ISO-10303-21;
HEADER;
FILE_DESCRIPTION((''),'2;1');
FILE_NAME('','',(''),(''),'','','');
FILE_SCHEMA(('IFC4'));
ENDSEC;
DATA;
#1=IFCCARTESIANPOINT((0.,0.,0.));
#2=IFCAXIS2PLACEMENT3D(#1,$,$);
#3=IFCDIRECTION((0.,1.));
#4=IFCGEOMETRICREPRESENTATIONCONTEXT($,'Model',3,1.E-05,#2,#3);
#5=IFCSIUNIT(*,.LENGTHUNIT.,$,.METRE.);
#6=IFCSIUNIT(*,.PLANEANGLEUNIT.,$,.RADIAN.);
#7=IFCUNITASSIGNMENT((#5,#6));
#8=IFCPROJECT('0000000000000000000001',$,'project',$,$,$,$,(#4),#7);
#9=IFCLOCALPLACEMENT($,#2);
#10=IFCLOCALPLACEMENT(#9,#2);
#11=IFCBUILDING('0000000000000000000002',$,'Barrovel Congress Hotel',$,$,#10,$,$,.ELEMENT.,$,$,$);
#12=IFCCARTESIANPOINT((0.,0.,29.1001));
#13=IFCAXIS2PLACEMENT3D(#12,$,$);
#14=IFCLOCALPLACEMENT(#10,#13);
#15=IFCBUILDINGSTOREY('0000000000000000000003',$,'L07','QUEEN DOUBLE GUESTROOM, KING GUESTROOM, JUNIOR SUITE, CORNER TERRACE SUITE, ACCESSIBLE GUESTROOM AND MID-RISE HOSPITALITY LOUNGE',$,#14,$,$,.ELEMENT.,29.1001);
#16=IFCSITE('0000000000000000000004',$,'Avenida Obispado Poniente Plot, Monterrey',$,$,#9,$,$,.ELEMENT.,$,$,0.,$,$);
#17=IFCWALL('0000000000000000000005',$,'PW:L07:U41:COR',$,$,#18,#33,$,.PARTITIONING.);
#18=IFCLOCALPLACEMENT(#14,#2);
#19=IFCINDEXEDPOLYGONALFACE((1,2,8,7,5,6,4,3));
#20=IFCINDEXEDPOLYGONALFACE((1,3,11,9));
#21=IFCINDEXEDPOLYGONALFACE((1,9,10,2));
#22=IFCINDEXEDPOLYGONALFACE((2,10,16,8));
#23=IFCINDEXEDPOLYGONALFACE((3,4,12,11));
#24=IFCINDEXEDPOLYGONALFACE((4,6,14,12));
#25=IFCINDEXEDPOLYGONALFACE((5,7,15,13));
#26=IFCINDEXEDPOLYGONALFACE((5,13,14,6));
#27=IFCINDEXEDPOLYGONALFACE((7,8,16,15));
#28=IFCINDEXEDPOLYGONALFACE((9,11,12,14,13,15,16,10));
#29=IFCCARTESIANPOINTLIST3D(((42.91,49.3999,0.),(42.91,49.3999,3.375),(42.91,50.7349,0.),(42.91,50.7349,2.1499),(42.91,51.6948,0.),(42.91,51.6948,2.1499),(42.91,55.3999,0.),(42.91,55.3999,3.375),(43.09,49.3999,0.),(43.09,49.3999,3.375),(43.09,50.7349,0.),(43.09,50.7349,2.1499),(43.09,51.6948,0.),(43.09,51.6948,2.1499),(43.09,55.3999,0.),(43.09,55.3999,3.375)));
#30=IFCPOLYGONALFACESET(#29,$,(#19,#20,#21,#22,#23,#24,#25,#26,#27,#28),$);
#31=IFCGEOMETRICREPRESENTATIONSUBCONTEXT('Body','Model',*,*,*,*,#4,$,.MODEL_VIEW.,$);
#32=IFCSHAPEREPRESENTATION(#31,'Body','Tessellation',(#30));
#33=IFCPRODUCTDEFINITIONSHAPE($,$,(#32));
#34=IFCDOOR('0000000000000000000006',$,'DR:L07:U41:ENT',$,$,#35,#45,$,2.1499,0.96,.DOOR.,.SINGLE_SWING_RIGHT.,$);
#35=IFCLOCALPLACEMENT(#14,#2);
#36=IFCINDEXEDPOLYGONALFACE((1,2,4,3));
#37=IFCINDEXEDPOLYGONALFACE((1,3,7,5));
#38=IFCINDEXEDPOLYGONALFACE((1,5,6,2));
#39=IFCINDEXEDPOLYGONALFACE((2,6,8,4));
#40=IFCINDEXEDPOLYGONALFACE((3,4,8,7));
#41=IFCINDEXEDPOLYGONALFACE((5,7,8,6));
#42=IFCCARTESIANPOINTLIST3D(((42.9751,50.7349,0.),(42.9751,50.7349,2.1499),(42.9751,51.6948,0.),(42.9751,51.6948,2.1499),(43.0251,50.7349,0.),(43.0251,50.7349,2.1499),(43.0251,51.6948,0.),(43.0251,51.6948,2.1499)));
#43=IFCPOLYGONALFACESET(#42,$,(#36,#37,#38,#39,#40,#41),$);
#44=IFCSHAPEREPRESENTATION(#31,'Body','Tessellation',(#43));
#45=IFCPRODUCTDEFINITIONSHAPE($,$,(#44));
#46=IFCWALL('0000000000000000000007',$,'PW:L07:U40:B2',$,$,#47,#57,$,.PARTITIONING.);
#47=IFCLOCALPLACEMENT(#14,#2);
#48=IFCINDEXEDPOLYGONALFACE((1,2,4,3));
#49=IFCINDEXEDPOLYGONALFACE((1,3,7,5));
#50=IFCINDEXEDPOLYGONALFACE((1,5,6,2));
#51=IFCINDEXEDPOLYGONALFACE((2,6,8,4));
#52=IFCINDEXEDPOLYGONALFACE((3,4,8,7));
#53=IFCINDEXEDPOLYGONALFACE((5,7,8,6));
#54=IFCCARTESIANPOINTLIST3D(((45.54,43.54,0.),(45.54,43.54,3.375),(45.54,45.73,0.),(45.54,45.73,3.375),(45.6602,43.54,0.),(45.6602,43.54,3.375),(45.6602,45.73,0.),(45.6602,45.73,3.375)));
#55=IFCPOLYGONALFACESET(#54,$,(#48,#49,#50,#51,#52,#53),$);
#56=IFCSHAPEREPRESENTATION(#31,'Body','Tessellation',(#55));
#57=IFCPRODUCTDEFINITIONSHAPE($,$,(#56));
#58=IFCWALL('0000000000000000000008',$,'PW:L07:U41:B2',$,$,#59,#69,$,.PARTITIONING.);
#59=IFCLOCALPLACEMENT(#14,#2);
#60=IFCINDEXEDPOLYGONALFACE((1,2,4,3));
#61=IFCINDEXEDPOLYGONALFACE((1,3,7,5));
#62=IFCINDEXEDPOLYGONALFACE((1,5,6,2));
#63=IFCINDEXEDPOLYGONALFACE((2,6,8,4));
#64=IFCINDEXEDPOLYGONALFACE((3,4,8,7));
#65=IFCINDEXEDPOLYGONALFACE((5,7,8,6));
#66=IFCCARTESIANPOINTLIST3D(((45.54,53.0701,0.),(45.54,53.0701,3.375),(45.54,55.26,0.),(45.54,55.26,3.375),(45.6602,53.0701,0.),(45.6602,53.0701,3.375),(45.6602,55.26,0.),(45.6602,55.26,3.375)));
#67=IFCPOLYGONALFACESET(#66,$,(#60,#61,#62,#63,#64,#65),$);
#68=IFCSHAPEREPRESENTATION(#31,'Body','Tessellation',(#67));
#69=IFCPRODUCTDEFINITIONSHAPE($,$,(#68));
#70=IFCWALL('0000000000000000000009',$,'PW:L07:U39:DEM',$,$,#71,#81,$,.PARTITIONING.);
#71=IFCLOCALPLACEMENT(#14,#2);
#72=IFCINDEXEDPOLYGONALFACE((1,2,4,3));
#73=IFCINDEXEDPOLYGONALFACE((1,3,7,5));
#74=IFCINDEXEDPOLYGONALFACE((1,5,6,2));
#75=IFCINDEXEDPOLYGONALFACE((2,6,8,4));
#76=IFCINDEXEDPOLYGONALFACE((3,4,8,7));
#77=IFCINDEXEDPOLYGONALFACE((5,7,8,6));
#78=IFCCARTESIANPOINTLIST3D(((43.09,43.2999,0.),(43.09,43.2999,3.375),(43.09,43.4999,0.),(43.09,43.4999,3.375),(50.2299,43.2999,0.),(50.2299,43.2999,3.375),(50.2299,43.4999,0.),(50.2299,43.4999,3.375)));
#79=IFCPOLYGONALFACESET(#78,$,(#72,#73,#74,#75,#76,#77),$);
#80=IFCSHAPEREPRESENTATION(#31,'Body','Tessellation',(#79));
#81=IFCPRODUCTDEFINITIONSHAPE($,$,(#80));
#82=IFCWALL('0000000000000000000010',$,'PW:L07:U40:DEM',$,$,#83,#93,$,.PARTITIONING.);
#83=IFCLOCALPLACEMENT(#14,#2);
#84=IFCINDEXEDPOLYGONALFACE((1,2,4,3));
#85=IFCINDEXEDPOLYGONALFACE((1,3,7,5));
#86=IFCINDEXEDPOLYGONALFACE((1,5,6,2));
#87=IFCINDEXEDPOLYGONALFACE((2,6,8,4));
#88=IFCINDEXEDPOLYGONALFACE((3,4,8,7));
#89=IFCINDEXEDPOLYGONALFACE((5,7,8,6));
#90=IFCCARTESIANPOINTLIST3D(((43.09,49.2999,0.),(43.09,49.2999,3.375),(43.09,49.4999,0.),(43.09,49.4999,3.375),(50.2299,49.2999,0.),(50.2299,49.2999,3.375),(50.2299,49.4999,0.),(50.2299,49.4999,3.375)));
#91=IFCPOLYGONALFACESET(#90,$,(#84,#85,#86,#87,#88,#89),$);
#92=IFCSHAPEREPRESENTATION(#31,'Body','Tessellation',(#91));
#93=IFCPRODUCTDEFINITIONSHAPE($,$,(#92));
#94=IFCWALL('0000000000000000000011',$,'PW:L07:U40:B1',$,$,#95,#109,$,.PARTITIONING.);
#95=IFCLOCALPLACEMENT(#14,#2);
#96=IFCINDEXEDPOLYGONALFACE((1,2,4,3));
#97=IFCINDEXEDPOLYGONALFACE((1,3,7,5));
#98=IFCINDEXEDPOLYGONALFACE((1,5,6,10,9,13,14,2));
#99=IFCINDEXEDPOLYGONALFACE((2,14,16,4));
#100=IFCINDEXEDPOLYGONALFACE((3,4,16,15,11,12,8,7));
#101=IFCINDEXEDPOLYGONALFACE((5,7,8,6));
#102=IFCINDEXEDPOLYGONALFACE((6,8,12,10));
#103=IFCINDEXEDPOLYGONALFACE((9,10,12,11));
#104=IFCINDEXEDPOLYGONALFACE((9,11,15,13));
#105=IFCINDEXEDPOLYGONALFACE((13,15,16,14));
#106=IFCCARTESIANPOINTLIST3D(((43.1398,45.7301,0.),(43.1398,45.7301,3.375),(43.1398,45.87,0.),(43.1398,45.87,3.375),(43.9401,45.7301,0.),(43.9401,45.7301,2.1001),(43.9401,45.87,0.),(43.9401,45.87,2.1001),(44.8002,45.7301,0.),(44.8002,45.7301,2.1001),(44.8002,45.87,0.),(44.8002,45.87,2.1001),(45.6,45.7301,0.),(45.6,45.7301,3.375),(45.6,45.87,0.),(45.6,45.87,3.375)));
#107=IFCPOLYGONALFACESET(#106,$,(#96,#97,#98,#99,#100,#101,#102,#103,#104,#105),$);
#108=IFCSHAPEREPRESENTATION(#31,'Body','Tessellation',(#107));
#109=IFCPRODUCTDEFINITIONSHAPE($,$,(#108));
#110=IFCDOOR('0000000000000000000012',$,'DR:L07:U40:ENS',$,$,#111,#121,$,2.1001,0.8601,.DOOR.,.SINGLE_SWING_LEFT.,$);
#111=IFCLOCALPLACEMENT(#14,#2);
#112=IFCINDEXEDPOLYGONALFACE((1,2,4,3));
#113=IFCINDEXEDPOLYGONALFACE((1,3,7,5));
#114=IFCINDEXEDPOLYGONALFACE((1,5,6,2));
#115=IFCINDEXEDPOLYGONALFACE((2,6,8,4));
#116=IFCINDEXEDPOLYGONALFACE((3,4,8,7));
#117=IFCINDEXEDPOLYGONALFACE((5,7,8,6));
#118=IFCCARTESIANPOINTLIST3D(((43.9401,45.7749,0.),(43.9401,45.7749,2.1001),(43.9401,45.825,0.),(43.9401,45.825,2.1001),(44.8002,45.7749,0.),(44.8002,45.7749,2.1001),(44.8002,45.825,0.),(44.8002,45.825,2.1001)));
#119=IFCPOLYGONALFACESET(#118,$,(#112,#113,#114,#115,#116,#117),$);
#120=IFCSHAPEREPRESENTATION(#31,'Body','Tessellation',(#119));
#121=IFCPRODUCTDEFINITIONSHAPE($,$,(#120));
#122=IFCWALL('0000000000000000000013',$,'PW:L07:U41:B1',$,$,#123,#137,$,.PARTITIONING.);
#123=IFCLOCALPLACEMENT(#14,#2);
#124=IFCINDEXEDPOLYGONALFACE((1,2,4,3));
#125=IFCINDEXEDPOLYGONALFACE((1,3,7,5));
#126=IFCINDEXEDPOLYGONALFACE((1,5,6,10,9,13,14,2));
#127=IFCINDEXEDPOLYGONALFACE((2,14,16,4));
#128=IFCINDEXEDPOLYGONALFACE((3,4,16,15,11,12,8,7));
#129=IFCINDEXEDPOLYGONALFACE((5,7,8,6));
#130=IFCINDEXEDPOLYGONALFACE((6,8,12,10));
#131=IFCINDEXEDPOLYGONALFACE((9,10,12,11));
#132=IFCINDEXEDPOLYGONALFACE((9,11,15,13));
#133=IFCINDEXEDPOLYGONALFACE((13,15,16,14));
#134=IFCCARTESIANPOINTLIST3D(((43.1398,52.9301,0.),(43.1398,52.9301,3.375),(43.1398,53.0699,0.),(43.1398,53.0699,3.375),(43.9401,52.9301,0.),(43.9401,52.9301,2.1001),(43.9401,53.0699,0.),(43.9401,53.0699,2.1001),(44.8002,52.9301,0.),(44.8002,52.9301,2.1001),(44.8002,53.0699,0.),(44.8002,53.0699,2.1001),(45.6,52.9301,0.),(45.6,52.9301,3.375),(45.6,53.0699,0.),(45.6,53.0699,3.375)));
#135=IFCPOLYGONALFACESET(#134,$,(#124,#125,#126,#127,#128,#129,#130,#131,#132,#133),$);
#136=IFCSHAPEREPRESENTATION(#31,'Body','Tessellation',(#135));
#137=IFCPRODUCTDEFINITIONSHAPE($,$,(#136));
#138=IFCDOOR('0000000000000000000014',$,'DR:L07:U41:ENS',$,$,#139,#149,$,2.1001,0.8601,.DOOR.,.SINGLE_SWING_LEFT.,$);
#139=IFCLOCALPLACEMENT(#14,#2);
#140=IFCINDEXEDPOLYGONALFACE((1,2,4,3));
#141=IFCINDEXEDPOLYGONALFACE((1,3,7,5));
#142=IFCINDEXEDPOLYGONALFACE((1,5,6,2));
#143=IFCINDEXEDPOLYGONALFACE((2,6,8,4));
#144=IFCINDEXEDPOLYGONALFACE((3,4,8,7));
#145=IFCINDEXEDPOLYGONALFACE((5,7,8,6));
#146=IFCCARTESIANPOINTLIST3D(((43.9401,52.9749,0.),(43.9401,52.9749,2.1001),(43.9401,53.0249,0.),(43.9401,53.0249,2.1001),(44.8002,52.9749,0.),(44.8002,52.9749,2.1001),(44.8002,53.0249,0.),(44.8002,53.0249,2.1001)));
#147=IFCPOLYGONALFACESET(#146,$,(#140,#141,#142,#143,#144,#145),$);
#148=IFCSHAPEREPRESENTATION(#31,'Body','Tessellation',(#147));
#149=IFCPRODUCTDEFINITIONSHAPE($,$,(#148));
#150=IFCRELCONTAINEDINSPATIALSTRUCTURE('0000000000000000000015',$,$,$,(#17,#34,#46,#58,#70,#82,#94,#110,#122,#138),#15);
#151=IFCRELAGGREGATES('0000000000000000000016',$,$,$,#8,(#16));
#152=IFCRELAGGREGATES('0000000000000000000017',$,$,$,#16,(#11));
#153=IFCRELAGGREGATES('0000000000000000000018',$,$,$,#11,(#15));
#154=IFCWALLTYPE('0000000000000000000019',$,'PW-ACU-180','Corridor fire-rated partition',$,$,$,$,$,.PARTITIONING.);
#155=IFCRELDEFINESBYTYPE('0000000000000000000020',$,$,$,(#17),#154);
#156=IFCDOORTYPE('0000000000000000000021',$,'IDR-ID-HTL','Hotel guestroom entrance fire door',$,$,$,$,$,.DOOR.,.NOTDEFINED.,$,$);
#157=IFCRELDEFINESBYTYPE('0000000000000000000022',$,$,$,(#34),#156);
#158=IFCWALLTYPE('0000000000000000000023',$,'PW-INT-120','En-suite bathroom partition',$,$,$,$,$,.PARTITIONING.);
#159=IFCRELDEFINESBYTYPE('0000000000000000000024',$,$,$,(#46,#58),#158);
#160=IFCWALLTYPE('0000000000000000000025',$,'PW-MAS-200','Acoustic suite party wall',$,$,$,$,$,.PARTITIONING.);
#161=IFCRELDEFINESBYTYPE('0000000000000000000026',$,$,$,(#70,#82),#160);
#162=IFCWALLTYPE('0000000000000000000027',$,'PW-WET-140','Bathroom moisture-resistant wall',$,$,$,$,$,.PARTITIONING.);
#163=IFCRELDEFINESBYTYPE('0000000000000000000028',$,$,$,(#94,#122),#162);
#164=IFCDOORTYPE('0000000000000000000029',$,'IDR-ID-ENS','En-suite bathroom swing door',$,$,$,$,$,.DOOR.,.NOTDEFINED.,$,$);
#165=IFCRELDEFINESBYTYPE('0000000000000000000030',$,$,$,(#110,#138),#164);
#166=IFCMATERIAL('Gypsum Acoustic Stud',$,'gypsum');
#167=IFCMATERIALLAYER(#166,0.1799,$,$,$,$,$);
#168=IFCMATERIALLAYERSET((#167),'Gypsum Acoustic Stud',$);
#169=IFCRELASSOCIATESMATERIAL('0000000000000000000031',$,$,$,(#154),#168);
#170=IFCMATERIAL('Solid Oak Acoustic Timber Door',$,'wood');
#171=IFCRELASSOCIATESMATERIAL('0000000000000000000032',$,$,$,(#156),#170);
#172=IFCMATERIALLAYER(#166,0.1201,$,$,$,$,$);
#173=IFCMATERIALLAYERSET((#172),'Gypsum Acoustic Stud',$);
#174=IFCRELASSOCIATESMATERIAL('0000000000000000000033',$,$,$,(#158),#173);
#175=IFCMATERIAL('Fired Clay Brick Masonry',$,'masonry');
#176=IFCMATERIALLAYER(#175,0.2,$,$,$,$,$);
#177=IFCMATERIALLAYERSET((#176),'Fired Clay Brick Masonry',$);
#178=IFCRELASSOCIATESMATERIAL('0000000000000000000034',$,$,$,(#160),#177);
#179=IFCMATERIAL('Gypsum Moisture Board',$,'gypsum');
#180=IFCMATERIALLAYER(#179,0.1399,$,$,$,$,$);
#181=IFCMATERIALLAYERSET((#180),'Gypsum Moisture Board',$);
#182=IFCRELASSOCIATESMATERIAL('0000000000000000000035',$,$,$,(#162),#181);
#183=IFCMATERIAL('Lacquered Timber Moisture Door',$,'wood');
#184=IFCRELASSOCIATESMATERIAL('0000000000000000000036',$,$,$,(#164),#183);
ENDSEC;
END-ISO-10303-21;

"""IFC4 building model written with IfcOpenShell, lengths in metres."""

from ifc_helpers import new_model, si_unit, direction, frame, frame_2d, origin, place, context, subcontext, project, spatial, rectangle, extrude, material, layer, layer_set, type_object, element, fill, save


model = new_model("IFC4")

# Units and contexts
model_context = context("Model", 3, precision=1e-05, world=origin(), true_north=direction((0.0, 1.0)))
body_context = subcontext(model_context, "Body", "Model", "MODEL_VIEW")
ifc_project = project(units=[si_unit("LENGTHUNIT", "METRE"), si_unit("PLANEANGLEUNIT", "RADIAN")], contexts=[model_context])

# Site, building, storey
site_placement = place(None, origin())
site = spatial("IfcSite", under=ifc_project, at=site_placement, Name="Avenida Obispado Poniente Plot, Monterrey", CompositionType="ELEMENT", RefElevation=0.0)
building_placement = place(site_placement, origin())
building = spatial("IfcBuilding", under=site, at=building_placement, Name="Barrovel Congress Hotel", CompositionType="ELEMENT")
storey_placement = place(building_placement, frame((0.0, 0.0, 29.1001)))
storey = spatial("IfcBuildingStorey", under=building, at=storey_placement, Name="L07", Description="QUEEN DOUBLE GUESTROOM, KING GUESTROOM, JUNIOR SUITE, CORNER TERRACE SUITE, ACCESSIBLE GUESTROOM AND MID-RISE HOSPITALITY LOUNGE", CompositionType="ELEMENT", Elevation=29.1001)

# Shared definitions
ifc_material_1 = material(Name="Fired Clay Brick Masonry", Category="masonry")

# Wall, opening, door
ifc_material_2 = material(Name="Gypsum Acoustic Stud", Category="gypsum")
ifc_layer_1 = layer(ifc_material_2, 0.1799)
ifc_layer_set_1 = layer_set([ifc_layer_1], Name="Gypsum Acoustic Stud")
wall_type_1 = type_object("IfcWallType", Name="PW-ACU-180", Description="Corridor fire-rated partition", PredefinedType="PARTITIONING", material=ifc_layer_set_1)
ifc_material_3 = material(Name="Solid Oak Acoustic Timber Door", Category="wood")
door_type_1 = type_object("IfcDoorType", Name="IDR-ID-HTL", Description="Hotel guestroom entrance fire door", OperationType="NOTDEFINED", PredefinedType="DOOR", material=ifc_material_3)
wall_1_placement = place(storey_placement, frame((43.0, 49.3999, 0.0), z_axis=(0.0, 0.0, 1.0), x_axis=(0.0, 1.0, 0.0)))
wall_1 = element("IfcWall", 1, at=wall_1_placement, inside=storey, type_object=wall_type_1, Name="PW:L07:U41:COR", PredefinedType="PARTITIONING", context=body_context, shape_type="SweptSolid", body=[
    extrude(rectangle(XDim=6.0, YDim=0.1799, at=frame_2d((3.0, 0.0))), origin(), (0.0, 0.0, 1.0), 3.375),
])
opening_1_placement = place(wall_1_placement, frame((1.335, 0.0, 0.0)))
opening_1 = element("IfcOpeningElement", 2, at=opening_1_placement, cuts=wall_1, PredefinedType="OPENING", context=body_context, shape_type="SweptSolid", body=[
    extrude(rectangle(XDim=0.96, YDim=2.1499, at=frame_2d((0.48, 1.075))), frame((0.0, 0.1001, 0.0), z_axis=(0.0, -1.0, 0.0), x_axis=(1.0, 0.0, 0.0)), (0.0, 0.0, 1.0), 0.2),
])
door_1_placement = place(opening_1_placement, origin())
door_1 = element("IfcDoor", 3, at=door_1_placement, inside=storey, type_object=door_type_1, Name="DR:L07:U41:ENT", OperationType="SINGLE_SWING_RIGHT", OverallHeight=2.1499, OverallWidth=0.96, PredefinedType="DOOR", context=body_context, shape_type="SweptSolid", body=[
    extrude(rectangle(XDim=0.96, YDim=2.1499, at=frame_2d((0.48, 1.075))), frame((0.0, 0.0249, 0.0), z_axis=(0.0, -1.0, 0.0), x_axis=(1.0, 0.0, 0.0)), (0.0, 0.0, 1.0), 0.05),
])
fill(opening_1, door_1)

# Walls
ifc_layer_2 = layer(ifc_material_2, 0.1201)
ifc_layer_set_2 = layer_set([ifc_layer_2], Name="Gypsum Acoustic Stud")
wall_type_2 = type_object("IfcWallType", Name="PW-INT-120", Description="En-suite bathroom partition", PredefinedType="PARTITIONING", material=ifc_layer_set_2)
for number, where, z_axis, x_axis, name in (
    (4, (45.6001, 43.54, 0.0), (0.0, 0.0, 1.0), (0.0, 1.0, 0.0), "PW:L07:U40:B2"),
    (5, (45.6001, 53.0701, 0.0), (0.0, 0.0, 1.0), (0.0, 1.0, 0.0), "PW:L07:U41:B2"),
):
    element("IfcWall", number, at=place(storey_placement, frame(where, z_axis=z_axis, x_axis=x_axis)), inside=storey, type_object=wall_type_2, Name=name, PredefinedType="PARTITIONING", context=body_context, shape_type="SweptSolid", body=[
        extrude(rectangle(XDim=2.1899, YDim=0.1201, at=frame_2d((1.095, 0.0))), origin(), (0.0, 0.0, 1.0), 3.375),
    ])
ifc_layer_3 = layer(ifc_material_1, 0.2)
ifc_layer_set_3 = layer_set([ifc_layer_3], Name="Fired Clay Brick Masonry")
wall_type_3 = type_object("IfcWallType", Name="PW-MAS-200", Description="Acoustic suite party wall", PredefinedType="PARTITIONING", material=ifc_layer_set_3)
for number, where, z_axis, x_axis, name in (
    (6, (43.0901, 43.3999, 0.0), (0.0, 0.0, 1.0), (1.0, 0.0, 0.0), "PW:L07:U39:DEM"),
    (7, (43.0901, 49.3999, 0.0), (0.0, 0.0, 1.0), (1.0, 0.0, 0.0), "PW:L07:U40:DEM"),
):
    element("IfcWall", number, at=place(storey_placement, frame(where, z_axis=z_axis, x_axis=x_axis)), inside=storey, type_object=wall_type_3, Name=name, PredefinedType="PARTITIONING", context=body_context, shape_type="SweptSolid", body=[
        extrude(rectangle(XDim=7.1399, YDim=0.2, at=frame_2d((3.5698, 0.0))), origin(), (0.0, 0.0, 1.0), 3.375),
    ])

# Walls, openings, doors
ifc_material_4 = material(Name="Gypsum Moisture Board", Category="gypsum")
ifc_layer_4 = layer(ifc_material_4, 0.1399)
ifc_layer_set_4 = layer_set([ifc_layer_4], Name="Gypsum Moisture Board")
wall_type_4 = type_object("IfcWallType", Name="PW-WET-140", Description="Bathroom moisture-resistant wall", PredefinedType="PARTITIONING", material=ifc_layer_set_4)
wall_2_placement = place(storey_placement, frame((43.1399, 45.8, 0.0), z_axis=(0.0, 0.0, 1.0), x_axis=(1.0, 0.0, 0.0)))
wall_2 = element("IfcWall", 8, at=wall_2_placement, inside=storey, type_object=wall_type_4, Name="PW:L07:U40:B1", PredefinedType="PARTITIONING", context=body_context, shape_type="SweptSolid", body=[
    extrude(rectangle(XDim=2.4602, YDim=0.1399, at=frame_2d((1.23, 0.0))), origin(), (0.0, 0.0, 1.0), 3.375),
])
opening_2_placement = place(wall_2_placement, frame((0.8, 0.0, 0.0)))
opening_2 = element("IfcOpeningElement", 9, at=opening_2_placement, cuts=wall_2, PredefinedType="OPENING", context=body_context, shape_type="SweptSolid", body=[
    extrude(rectangle(XDim=0.8601, YDim=2.1001, at=frame_2d((0.4302, 1.05))), frame((0.0, 0.0801, 0.0), z_axis=(0.0, -1.0, 0.0), x_axis=(1.0, 0.0, 0.0)), (0.0, 0.0, 1.0), 0.1599),
])
ifc_material_5 = material(Name="Lacquered Timber Moisture Door", Category="wood")
door_type_2 = type_object("IfcDoorType", Name="IDR-ID-ENS", Description="En-suite bathroom swing door", OperationType="NOTDEFINED", PredefinedType="DOOR", material=ifc_material_5)
door_2_placement = place(opening_2_placement, origin())
door_2 = element("IfcDoor", 10, at=door_2_placement, inside=storey, type_object=door_type_2, Name="DR:L07:U40:ENS", OperationType="SINGLE_SWING_LEFT", OverallHeight=2.1001, OverallWidth=0.8601, PredefinedType="DOOR", context=body_context, shape_type="SweptSolid", body=[
    extrude(rectangle(XDim=0.8601, YDim=2.1001, at=frame_2d((0.4302, 1.05))), frame((0.0, 0.0249, 0.0), z_axis=(0.0, -1.0, 0.0), x_axis=(1.0, 0.0, 0.0)), (0.0, 0.0, 1.0), 0.05),
])
fill(opening_2, door_2)
wall_3_placement = place(storey_placement, frame((43.1399, 53.0, 0.0), z_axis=(0.0, 0.0, 1.0), x_axis=(1.0, 0.0, 0.0)))
wall_3 = element("IfcWall", 11, at=wall_3_placement, inside=storey, type_object=wall_type_4, Name="PW:L07:U41:B1", PredefinedType="PARTITIONING", context=body_context, shape_type="SweptSolid", body=[
    extrude(rectangle(XDim=2.4602, YDim=0.1399, at=frame_2d((1.23, 0.0))), origin(), (0.0, 0.0, 1.0), 3.375),
])
opening_3_placement = place(wall_3_placement, frame((0.8, 0.0, 0.0)))
opening_3 = element("IfcOpeningElement", 12, at=opening_3_placement, cuts=wall_3, PredefinedType="OPENING", context=body_context, shape_type="SweptSolid", body=[
    extrude(rectangle(XDim=0.8601, YDim=2.1001, at=frame_2d((0.4302, 1.05))), frame((0.0, 0.0801, 0.0), z_axis=(0.0, -1.0, 0.0), x_axis=(1.0, 0.0, 0.0)), (0.0, 0.0, 1.0), 0.1599),
])
door_3_placement = place(opening_3_placement, origin())
door_3 = element("IfcDoor", 13, at=door_3_placement, inside=storey, type_object=door_type_2, Name="DR:L07:U41:ENS", OperationType="SINGLE_SWING_LEFT", OverallHeight=2.1001, OverallWidth=0.8601, PredefinedType="DOOR", context=body_context, shape_type="SweptSolid", body=[
    extrude(rectangle(XDim=0.8601, YDim=2.1001, at=frame_2d((0.4302, 1.05))), frame((0.0, 0.0249, 0.0), z_axis=(0.0, -1.0, 0.0), x_axis=(1.0, 0.0, 0.0)), (0.0, 0.0, 1.0), 0.05),
])
fill(opening_3, door_3)

save(model, "model.ifc")
